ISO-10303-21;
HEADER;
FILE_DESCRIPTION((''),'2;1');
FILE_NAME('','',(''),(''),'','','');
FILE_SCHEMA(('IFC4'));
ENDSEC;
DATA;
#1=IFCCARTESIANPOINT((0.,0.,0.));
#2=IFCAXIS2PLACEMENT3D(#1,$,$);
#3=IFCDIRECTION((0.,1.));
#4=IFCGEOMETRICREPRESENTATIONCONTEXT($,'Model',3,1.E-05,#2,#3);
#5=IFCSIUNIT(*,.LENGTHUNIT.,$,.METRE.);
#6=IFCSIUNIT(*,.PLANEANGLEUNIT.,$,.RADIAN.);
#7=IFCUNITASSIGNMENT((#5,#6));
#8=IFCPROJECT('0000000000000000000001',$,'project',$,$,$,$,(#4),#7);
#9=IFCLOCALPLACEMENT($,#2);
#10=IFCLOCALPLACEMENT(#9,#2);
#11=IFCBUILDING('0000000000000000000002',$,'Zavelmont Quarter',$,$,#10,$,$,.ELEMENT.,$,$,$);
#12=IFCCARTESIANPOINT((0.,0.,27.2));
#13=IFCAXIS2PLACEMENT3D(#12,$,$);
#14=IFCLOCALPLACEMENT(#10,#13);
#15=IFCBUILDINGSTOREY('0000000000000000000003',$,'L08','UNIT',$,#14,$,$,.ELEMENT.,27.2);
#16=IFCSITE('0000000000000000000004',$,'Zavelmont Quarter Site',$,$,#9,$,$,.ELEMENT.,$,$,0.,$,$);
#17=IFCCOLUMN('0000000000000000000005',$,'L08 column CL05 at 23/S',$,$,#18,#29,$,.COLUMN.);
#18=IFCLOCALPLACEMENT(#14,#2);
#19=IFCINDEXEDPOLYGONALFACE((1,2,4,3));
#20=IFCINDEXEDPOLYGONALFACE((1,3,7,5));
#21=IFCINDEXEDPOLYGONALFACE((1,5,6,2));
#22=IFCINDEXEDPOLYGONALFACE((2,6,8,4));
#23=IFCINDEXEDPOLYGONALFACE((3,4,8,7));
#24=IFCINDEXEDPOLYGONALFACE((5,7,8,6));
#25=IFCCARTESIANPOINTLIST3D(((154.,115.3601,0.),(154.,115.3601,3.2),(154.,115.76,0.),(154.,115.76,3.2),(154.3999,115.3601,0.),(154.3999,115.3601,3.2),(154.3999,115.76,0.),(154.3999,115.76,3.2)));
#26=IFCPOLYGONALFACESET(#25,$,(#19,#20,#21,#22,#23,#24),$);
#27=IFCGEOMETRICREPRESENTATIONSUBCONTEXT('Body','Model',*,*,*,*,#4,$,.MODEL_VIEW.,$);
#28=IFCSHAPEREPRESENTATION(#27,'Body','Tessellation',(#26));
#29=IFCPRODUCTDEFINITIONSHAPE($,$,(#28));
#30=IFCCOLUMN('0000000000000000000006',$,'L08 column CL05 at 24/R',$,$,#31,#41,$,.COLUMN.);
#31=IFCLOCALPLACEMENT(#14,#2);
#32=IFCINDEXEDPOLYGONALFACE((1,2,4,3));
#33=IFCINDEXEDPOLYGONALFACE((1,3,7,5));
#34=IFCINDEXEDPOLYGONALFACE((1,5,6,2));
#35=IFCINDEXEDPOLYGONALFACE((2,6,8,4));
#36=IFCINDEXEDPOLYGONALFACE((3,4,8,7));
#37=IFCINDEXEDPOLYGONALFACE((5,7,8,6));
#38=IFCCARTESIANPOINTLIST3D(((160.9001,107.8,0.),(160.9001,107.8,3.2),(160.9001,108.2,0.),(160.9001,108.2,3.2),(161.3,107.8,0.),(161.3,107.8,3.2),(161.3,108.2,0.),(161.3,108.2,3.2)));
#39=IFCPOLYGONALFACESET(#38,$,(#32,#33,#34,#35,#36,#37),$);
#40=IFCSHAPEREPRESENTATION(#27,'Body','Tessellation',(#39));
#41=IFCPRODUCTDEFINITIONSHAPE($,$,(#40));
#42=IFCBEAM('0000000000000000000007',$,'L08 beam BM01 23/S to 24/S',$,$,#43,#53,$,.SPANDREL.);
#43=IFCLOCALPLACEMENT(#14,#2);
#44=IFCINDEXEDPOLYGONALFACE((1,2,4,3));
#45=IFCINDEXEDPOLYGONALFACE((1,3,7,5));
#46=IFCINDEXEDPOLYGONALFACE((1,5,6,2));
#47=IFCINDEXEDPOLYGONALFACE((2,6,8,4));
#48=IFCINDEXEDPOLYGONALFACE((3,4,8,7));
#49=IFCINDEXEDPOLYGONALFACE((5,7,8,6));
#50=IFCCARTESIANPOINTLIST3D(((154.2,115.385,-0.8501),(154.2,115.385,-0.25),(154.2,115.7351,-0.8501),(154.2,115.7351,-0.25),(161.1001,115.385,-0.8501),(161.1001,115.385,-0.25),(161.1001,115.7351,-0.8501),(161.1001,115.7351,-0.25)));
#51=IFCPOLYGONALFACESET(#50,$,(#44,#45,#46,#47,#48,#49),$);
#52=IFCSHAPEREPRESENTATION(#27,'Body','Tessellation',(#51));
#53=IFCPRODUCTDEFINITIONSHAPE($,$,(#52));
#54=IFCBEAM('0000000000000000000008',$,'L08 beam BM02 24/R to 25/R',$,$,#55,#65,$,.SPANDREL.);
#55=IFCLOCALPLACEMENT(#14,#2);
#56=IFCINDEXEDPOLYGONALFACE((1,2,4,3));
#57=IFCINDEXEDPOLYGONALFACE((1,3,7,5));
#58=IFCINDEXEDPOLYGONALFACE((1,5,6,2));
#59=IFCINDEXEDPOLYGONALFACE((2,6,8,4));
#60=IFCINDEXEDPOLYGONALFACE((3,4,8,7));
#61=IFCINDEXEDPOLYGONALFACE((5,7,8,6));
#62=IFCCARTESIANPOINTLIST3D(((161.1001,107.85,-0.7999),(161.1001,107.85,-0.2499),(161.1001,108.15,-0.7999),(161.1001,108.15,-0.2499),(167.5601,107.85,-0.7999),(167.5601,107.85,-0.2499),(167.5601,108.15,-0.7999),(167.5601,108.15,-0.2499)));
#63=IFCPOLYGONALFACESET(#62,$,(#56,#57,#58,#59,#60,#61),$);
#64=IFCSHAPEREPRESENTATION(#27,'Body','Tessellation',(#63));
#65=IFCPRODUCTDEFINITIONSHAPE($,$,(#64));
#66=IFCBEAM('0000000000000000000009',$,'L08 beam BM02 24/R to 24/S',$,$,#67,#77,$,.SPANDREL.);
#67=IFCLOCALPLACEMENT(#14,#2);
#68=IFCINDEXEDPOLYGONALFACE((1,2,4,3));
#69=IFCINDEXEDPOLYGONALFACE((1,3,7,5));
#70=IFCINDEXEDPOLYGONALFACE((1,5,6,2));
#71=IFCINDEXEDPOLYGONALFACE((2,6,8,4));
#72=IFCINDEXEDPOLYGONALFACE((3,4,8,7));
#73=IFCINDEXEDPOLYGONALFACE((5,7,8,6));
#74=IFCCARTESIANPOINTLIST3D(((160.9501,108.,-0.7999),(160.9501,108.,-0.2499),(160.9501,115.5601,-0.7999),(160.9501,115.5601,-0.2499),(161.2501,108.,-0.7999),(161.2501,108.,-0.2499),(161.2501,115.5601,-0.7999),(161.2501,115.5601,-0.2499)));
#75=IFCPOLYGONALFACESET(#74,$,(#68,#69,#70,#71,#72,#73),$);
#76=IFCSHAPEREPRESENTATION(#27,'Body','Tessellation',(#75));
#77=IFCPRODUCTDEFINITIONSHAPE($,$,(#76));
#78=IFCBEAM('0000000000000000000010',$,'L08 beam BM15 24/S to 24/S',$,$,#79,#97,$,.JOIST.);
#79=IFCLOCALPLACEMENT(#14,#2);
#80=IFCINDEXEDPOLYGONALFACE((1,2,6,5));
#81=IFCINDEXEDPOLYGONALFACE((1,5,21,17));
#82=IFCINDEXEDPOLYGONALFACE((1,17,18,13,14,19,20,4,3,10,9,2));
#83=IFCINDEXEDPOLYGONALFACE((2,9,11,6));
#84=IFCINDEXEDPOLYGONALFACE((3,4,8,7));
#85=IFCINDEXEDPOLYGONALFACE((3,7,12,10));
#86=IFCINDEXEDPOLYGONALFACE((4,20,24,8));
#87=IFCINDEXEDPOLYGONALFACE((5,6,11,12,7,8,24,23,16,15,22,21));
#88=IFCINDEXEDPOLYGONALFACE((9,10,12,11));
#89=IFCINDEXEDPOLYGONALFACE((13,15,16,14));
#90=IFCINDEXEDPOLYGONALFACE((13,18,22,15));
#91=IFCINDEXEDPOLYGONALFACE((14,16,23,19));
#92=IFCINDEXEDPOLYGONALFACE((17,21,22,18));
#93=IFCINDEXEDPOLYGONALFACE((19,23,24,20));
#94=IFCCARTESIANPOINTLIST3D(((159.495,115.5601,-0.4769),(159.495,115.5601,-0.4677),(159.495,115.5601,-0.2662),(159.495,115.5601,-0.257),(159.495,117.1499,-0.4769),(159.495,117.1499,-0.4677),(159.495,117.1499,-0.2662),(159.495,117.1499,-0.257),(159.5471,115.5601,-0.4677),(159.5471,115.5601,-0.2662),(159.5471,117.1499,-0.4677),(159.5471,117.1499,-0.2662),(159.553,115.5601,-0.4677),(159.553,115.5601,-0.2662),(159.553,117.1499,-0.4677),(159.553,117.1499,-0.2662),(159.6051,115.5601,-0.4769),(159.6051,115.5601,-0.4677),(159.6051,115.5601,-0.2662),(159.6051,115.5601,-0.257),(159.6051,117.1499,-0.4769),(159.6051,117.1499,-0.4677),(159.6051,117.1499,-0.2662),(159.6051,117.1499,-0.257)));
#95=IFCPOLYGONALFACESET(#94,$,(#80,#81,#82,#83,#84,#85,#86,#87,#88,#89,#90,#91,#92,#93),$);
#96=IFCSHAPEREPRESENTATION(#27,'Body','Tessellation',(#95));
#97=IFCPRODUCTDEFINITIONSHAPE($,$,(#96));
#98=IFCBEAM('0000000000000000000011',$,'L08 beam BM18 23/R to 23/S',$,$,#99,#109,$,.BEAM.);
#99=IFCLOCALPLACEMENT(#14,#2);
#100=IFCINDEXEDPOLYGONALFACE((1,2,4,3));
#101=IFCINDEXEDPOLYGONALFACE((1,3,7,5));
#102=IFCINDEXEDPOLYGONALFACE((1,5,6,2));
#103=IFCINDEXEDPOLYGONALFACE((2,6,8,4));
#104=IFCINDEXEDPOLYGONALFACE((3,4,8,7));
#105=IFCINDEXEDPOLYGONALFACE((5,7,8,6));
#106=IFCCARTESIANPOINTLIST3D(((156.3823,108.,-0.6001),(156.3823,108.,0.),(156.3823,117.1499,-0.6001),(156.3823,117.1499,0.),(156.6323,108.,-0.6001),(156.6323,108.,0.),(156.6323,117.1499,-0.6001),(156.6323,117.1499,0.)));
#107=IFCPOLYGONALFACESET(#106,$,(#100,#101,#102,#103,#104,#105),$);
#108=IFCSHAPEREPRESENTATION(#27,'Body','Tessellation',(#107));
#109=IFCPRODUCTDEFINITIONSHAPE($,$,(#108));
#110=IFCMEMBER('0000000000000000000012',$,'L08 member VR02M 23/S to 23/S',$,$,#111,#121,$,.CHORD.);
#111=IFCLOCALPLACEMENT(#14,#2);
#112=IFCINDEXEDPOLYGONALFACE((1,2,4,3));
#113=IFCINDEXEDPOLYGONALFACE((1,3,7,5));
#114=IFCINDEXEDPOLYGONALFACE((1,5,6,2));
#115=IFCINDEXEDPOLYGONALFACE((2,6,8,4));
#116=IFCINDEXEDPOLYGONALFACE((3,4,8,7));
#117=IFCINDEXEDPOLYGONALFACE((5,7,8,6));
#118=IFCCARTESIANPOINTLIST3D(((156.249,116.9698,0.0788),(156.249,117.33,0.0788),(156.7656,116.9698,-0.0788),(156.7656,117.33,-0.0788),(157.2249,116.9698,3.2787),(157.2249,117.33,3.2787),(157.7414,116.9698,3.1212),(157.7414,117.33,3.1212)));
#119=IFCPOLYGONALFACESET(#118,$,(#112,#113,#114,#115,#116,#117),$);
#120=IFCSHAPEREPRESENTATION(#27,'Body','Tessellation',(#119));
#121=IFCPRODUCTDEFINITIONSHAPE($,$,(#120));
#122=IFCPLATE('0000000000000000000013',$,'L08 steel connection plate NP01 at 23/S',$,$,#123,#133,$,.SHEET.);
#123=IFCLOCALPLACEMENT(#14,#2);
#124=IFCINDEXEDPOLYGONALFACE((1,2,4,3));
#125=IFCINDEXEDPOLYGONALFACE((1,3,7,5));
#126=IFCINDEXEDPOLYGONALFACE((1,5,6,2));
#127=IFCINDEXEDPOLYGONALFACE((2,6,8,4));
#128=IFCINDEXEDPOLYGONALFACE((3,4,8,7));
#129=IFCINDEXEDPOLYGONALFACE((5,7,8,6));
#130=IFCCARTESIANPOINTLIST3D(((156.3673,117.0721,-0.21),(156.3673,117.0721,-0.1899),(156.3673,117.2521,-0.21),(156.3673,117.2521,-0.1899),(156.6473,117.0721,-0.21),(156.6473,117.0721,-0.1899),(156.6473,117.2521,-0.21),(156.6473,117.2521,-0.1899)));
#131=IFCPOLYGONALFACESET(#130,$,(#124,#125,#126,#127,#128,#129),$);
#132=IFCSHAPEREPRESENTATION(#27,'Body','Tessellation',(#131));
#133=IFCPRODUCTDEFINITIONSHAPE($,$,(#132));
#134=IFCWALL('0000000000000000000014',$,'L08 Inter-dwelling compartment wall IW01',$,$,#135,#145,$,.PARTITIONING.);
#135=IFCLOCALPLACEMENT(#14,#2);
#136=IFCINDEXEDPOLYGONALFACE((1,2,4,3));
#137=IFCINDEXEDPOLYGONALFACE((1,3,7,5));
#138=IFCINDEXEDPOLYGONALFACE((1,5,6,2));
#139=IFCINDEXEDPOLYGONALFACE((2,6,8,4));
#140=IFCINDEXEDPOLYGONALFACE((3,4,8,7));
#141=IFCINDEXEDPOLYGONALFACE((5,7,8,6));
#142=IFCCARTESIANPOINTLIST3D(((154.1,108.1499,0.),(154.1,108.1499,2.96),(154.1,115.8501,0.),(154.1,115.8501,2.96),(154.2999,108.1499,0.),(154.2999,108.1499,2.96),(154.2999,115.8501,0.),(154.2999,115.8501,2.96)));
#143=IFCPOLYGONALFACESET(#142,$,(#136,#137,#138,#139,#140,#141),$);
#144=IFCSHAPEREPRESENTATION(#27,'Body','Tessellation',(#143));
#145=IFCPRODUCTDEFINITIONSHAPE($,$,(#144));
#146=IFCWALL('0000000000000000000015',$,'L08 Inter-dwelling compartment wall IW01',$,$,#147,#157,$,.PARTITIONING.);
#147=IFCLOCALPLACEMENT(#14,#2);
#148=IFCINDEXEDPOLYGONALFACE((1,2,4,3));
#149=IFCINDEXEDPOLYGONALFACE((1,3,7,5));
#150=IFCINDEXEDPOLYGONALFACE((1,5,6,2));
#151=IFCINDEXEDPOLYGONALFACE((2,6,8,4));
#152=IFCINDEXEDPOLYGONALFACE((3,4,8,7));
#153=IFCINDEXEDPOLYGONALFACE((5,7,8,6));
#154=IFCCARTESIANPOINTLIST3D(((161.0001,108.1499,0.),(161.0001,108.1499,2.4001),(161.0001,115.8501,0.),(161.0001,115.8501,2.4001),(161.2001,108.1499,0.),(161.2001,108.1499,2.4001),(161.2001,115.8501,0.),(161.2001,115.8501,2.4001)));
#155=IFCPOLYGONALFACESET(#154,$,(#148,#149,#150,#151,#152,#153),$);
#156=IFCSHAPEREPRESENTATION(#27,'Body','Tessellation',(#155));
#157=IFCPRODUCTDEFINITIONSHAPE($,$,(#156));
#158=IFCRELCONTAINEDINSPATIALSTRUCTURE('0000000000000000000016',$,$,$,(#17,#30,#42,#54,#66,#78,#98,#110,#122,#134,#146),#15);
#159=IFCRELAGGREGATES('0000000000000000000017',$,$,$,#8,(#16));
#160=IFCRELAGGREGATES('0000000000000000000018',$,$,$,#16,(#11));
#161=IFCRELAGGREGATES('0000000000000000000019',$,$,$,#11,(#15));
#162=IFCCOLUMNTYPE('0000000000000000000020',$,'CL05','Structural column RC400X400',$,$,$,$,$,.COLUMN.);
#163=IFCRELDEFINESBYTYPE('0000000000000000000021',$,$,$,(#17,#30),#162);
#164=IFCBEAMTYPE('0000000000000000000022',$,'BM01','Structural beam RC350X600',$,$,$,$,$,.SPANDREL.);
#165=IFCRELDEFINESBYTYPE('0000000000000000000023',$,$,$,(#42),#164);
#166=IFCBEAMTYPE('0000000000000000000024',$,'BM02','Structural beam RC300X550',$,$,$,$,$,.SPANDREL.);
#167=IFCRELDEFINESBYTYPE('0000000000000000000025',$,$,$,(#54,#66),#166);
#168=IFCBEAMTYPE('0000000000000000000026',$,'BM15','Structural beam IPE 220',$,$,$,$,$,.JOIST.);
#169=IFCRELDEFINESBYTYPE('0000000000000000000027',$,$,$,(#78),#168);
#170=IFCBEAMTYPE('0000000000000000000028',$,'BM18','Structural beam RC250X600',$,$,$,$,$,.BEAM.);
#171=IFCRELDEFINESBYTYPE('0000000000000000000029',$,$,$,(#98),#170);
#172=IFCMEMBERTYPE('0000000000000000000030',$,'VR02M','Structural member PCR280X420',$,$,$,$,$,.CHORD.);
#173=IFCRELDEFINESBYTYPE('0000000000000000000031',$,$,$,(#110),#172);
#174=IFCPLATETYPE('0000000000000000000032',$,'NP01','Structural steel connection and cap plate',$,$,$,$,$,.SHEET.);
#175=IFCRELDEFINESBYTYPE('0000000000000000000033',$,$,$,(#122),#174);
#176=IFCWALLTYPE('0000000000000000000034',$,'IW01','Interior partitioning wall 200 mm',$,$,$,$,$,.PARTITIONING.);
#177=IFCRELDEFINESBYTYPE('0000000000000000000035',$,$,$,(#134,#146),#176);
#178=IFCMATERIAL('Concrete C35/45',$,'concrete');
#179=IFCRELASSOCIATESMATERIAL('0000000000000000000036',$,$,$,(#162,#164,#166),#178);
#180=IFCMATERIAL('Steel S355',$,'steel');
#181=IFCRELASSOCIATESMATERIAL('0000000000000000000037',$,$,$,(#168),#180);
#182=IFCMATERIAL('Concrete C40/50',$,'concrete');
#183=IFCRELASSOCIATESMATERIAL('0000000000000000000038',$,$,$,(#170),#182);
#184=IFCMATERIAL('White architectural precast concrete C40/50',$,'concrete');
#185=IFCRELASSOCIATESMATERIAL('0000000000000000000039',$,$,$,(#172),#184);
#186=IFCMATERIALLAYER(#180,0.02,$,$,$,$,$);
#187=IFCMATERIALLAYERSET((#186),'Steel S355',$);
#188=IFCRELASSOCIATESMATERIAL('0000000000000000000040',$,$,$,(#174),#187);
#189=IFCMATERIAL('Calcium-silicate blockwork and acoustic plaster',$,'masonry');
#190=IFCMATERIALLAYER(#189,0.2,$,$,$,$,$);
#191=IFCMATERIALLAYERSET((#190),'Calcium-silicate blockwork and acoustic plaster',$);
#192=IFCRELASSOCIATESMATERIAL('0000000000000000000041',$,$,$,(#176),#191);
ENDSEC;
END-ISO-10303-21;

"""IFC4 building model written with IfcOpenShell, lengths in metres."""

from ifc_helpers import new_model, si_unit, direction, frame, frame_2d, origin, origin_2d, place, context, subcontext, project, spatial, rectangle, i_section, extrude, material, layer, layer_set, material_profile, profile_set, type_object, element, save


model = new_model("IFC4")

# Units and contexts
model_context = context("Model", 3, precision=1e-05, world=origin(), true_north=direction((0.0, 1.0)))
body_context = subcontext(model_context, "Body", "Model", "MODEL_VIEW")
ifc_project = project(units=[si_unit("LENGTHUNIT", "METRE"), si_unit("PLANEANGLEUNIT", "RADIAN")], contexts=[model_context])

# Site, building, storey
site_placement = place(None, origin())
site = spatial("IfcSite", under=ifc_project, at=site_placement, Name="Zavelmont Quarter Site", CompositionType="ELEMENT", RefElevation=0.0)
building_placement = place(site_placement, origin())
building = spatial("IfcBuilding", under=site, at=building_placement, Name="Zavelmont Quarter", CompositionType="ELEMENT")
storey_placement = place(building_placement, frame((0.0, 0.0, 27.2)))
storey = spatial("IfcBuildingStorey", under=building, at=storey_placement, Name="L08", Description="UNIT", CompositionType="ELEMENT", Elevation=27.2)

# Columns
ifc_material_1 = material(Name="Concrete C35/45", Category="concrete")
ifc_material_profile_1 = material_profile(ifc_material_1, rectangle(XDim=0.3999, YDim=0.3999, at=origin_2d()), Name="RC400X400")
ifc_profile_set_1 = profile_set([ifc_material_profile_1], Name="Concrete C35/45")
column_type = type_object("IfcColumnType", Name="CL05", Description="Structural column RC400X400", PredefinedType="COLUMN", material=ifc_profile_set_1)
for number, where, z_axis, x_axis, name in (
    (1, (154.2, 115.5601, 0.0), (0.0, 0.0, 1.0), (1.0, 0.0, 0.0), "L08 column CL05 at 23/S"),
    (2, (161.1001, 108.0, 0.0), (0.0, 0.0, 1.0), (1.0, 0.0, 0.0), "L08 column CL05 at 24/R"),
):
    element("IfcColumn", number, at=place(storey_placement, frame(where, z_axis=z_axis, x_axis=x_axis)), inside=storey, type_object=column_type, Name=name, PredefinedType="COLUMN", context=body_context, shape_type="SweptSolid", body=[
        extrude(rectangle(XDim=0.3999, YDim=0.3999, at=origin_2d()), origin(), (0.0, 0.0, 1.0), 3.2),
    ])

# Beams
ifc_material_profile_2 = material_profile(ifc_material_1, rectangle(XDim=0.3501, YDim=0.6001, at=origin_2d()), Name="RC350X600")
ifc_profile_set_2 = profile_set([ifc_material_profile_2], Name="Concrete C35/45")
beam_type_1 = type_object("IfcBeamType", Name="BM01", Description="Structural beam RC350X600", PredefinedType="SPANDREL", material=ifc_profile_set_2)
beam_1_placement = place(storey_placement, frame((154.2, 115.5601, -0.55), z_axis=(1.0, 0.0, 0.0), x_axis=(0.0, 1.0, 0.0)))
element("IfcBeam", 3, at=beam_1_placement, inside=storey, type_object=beam_type_1, Name="L08 beam BM01 23/S to 24/S", PredefinedType="SPANDREL", context=body_context, shape_type="SweptSolid", body=[
    extrude(rectangle(XDim=0.3501, YDim=0.6001, at=origin_2d()), origin(), (0.0, 0.0, 1.0), 6.9001),
])
ifc_material_profile_3 = material_profile(ifc_material_1, rectangle(XDim=0.3, YDim=0.55, at=origin_2d()), Name="RC300X550")
ifc_profile_set_3 = profile_set([ifc_material_profile_3], Name="Concrete C35/45")
beam_type_2 = type_object("IfcBeamType", Name="BM02", Description="Structural beam RC300X550", PredefinedType="SPANDREL", material=ifc_profile_set_3)
beam_2_placement = place(storey_placement, frame((161.1001, 108.0, -0.5249), z_axis=(1.0, 0.0, 0.0), x_axis=(0.0, 1.0, 0.0)))
element("IfcBeam", 4, at=beam_2_placement, inside=storey, type_object=beam_type_2, Name="L08 beam BM02 24/R to 25/R", PredefinedType="SPANDREL", context=body_context, shape_type="SweptSolid", body=[
    extrude(rectangle(XDim=0.3, YDim=0.55, at=origin_2d()), origin(), (0.0, 0.0, 1.0), 6.46),
])
beam_3_placement = place(storey_placement, frame((161.1001, 108.0, -0.5249), z_axis=(0.0, 1.0, 0.0), x_axis=(-1.0, 0.0, 0.0)))
element("IfcBeam", 5, at=beam_3_placement, inside=storey, type_object=beam_type_2, Name="L08 beam BM02 24/R to 24/S", PredefinedType="SPANDREL", context=body_context, shape_type="SweptSolid", body=[
    extrude(rectangle(XDim=0.3, YDim=0.55, at=origin_2d()), origin(), (0.0, 0.0, 1.0), 7.5601),
])
ifc_material_2 = material(Name="Steel S355", Category="steel")
ifc_material_profile_4 = material_profile(ifc_material_2, i_section(OverallWidth=0.1101, OverallDepth=0.22, WebThickness=0.0059, FlangeThickness=0.0093, at=origin_2d()), Name="IPE 220")
ifc_profile_set_4 = profile_set([ifc_material_profile_4], Name="Steel S355")
beam_type_3 = type_object("IfcBeamType", Name="BM15", Description="Structural beam IPE 220", PredefinedType="JOIST", material=ifc_profile_set_4)
beam_4_placement = place(storey_placement, frame((159.55, 115.5601, -0.3669), z_axis=(0.0, 1.0, 0.0), x_axis=(-1.0, 0.0, 0.0)))
element("IfcBeam", 6, at=beam_4_placement, inside=storey, type_object=beam_type_3, Name="L08 beam BM15 24/S to 24/S", PredefinedType="JOIST", context=body_context, shape_type="SweptSolid", body=[
    extrude(i_section(OverallWidth=0.1101, OverallDepth=0.22, WebThickness=0.0059, FlangeThickness=0.0093, at=origin_2d()), origin(), (0.0, 0.0, 1.0), 1.5898),
])
ifc_material_3 = material(Name="Concrete C40/50", Category="concrete")
ifc_material_profile_5 = material_profile(ifc_material_3, rectangle(XDim=0.25, YDim=0.6001, at=origin_2d()), Name="RC250X600")
ifc_profile_set_5 = profile_set([ifc_material_profile_5], Name="Concrete C40/50")
beam_type_4 = type_object("IfcBeamType", Name="BM18", Description="Structural beam RC250X600", PredefinedType="BEAM", material=ifc_profile_set_5)
beam_5_placement = place(storey_placement, frame((156.5073, 108.0, -0.3), z_axis=(0.0, 1.0, 0.0), x_axis=(-1.0, 0.0, 0.0)))
element("IfcBeam", 7, at=beam_5_placement, inside=storey, type_object=beam_type_4, Name="L08 beam BM18 23/R to 23/S", PredefinedType="BEAM", context=body_context, shape_type="SweptSolid", body=[
    extrude(rectangle(XDim=0.25, YDim=0.6001, at=origin_2d()), origin(), (0.0, 0.0, 1.0), 9.1499),
])

# Member
ifc_material_4 = material(Name="White architectural precast concrete C40/50", Category="concrete")
ifc_material_profile_6 = material_profile(ifc_material_4, rectangle(XDim=0.3601, YDim=0.54, at=origin_2d()), Name="PCR280X420")
ifc_profile_set_6 = profile_set([ifc_material_profile_6], Name="White architectural precast concrete C40/50")
member_type = type_object("IfcMemberType", Name="VR02M", Description="Structural member PCR280X420", PredefinedType="CHORD", material=ifc_profile_set_6)
member_placement = place(storey_placement, frame((156.5073, 117.1499, 0.0), z_axis=(0.29169, 0.0, 0.956513), x_axis=(0.0, 1.0, 0.0)))
element("IfcMember", 8, at=member_placement, inside=storey, type_object=member_type, Name="L08 member VR02M 23/S to 23/S", PredefinedType="CHORD", context=body_context, shape_type="SweptSolid", body=[
    extrude(rectangle(XDim=0.3601, YDim=0.54, at=origin_2d()), origin(), (0.0, 0.0, 1.0), 3.3455),
])

# Plate
ifc_layer_1 = layer(ifc_material_2, 0.02)
ifc_layer_set_1 = layer_set([ifc_layer_1], Name="Steel S355")
plate_type = type_object("IfcPlateType", Name="NP01", Description="Structural steel connection and cap plate", PredefinedType="SHEET", material=ifc_layer_set_1)
plate_placement = place(storey_placement, frame((156.5073, 117.1621, -0.21), z_axis=(0.0, 0.0, 1.0), x_axis=(1.0, 0.0, 0.0)))
element("IfcPlate", 9, at=plate_placement, inside=storey, type_object=plate_type, Name="L08 steel connection plate NP01 at 23/S", PredefinedType="SHEET", context=body_context, shape_type="SweptSolid", body=[
    extrude(rectangle(XDim=0.28, YDim=0.1799, at=origin_2d()), origin(), (0.0, 0.0, 1.0), 0.02),
])

# Walls
ifc_material_5 = material(Name="Calcium-silicate blockwork and acoustic plaster", Category="masonry")
ifc_layer_2 = layer(ifc_material_5, 0.2)
ifc_layer_set_2 = layer_set([ifc_layer_2], Name="Calcium-silicate blockwork and acoustic plaster")
wall_type_1 = type_object("IfcWallType", Name="IW01", Description="Interior partitioning wall 200 mm", PredefinedType="PARTITIONING", material=ifc_layer_set_2)
wall_1_placement = place(storey_placement, frame((154.2, 108.1499, 0.0), z_axis=(0.0, 0.0, 1.0), x_axis=(0.0, 1.0, 0.0)))
element("IfcWall", 10, at=wall_1_placement, inside=storey, type_object=wall_type_1, Name="L08 Inter-dwelling compartment wall IW01", PredefinedType="PARTITIONING", context=body_context, shape_type="SweptSolid", body=[
    extrude(rectangle(XDim=7.7002, YDim=0.2, at=frame_2d((3.8501, 0.0))), origin(), (0.0, 0.0, 1.0), 2.96),
])
wall_2_placement = place(storey_placement, frame((161.1001, 108.1499, 0.0), z_axis=(0.0, 0.0, 1.0), x_axis=(0.0, 1.0, 0.0)))
element("IfcWall", 11, at=wall_2_placement, inside=storey, type_object=wall_type_1, Name="L08 Inter-dwelling compartment wall IW01", PredefinedType="PARTITIONING", context=body_context, shape_type="SweptSolid", body=[
    extrude(rectangle(XDim=7.7002, YDim=0.2, at=frame_2d((3.8501, 0.0))), origin(), (0.0, 0.0, 1.0), 2.4001),
])

save(model, "model.ifc")
